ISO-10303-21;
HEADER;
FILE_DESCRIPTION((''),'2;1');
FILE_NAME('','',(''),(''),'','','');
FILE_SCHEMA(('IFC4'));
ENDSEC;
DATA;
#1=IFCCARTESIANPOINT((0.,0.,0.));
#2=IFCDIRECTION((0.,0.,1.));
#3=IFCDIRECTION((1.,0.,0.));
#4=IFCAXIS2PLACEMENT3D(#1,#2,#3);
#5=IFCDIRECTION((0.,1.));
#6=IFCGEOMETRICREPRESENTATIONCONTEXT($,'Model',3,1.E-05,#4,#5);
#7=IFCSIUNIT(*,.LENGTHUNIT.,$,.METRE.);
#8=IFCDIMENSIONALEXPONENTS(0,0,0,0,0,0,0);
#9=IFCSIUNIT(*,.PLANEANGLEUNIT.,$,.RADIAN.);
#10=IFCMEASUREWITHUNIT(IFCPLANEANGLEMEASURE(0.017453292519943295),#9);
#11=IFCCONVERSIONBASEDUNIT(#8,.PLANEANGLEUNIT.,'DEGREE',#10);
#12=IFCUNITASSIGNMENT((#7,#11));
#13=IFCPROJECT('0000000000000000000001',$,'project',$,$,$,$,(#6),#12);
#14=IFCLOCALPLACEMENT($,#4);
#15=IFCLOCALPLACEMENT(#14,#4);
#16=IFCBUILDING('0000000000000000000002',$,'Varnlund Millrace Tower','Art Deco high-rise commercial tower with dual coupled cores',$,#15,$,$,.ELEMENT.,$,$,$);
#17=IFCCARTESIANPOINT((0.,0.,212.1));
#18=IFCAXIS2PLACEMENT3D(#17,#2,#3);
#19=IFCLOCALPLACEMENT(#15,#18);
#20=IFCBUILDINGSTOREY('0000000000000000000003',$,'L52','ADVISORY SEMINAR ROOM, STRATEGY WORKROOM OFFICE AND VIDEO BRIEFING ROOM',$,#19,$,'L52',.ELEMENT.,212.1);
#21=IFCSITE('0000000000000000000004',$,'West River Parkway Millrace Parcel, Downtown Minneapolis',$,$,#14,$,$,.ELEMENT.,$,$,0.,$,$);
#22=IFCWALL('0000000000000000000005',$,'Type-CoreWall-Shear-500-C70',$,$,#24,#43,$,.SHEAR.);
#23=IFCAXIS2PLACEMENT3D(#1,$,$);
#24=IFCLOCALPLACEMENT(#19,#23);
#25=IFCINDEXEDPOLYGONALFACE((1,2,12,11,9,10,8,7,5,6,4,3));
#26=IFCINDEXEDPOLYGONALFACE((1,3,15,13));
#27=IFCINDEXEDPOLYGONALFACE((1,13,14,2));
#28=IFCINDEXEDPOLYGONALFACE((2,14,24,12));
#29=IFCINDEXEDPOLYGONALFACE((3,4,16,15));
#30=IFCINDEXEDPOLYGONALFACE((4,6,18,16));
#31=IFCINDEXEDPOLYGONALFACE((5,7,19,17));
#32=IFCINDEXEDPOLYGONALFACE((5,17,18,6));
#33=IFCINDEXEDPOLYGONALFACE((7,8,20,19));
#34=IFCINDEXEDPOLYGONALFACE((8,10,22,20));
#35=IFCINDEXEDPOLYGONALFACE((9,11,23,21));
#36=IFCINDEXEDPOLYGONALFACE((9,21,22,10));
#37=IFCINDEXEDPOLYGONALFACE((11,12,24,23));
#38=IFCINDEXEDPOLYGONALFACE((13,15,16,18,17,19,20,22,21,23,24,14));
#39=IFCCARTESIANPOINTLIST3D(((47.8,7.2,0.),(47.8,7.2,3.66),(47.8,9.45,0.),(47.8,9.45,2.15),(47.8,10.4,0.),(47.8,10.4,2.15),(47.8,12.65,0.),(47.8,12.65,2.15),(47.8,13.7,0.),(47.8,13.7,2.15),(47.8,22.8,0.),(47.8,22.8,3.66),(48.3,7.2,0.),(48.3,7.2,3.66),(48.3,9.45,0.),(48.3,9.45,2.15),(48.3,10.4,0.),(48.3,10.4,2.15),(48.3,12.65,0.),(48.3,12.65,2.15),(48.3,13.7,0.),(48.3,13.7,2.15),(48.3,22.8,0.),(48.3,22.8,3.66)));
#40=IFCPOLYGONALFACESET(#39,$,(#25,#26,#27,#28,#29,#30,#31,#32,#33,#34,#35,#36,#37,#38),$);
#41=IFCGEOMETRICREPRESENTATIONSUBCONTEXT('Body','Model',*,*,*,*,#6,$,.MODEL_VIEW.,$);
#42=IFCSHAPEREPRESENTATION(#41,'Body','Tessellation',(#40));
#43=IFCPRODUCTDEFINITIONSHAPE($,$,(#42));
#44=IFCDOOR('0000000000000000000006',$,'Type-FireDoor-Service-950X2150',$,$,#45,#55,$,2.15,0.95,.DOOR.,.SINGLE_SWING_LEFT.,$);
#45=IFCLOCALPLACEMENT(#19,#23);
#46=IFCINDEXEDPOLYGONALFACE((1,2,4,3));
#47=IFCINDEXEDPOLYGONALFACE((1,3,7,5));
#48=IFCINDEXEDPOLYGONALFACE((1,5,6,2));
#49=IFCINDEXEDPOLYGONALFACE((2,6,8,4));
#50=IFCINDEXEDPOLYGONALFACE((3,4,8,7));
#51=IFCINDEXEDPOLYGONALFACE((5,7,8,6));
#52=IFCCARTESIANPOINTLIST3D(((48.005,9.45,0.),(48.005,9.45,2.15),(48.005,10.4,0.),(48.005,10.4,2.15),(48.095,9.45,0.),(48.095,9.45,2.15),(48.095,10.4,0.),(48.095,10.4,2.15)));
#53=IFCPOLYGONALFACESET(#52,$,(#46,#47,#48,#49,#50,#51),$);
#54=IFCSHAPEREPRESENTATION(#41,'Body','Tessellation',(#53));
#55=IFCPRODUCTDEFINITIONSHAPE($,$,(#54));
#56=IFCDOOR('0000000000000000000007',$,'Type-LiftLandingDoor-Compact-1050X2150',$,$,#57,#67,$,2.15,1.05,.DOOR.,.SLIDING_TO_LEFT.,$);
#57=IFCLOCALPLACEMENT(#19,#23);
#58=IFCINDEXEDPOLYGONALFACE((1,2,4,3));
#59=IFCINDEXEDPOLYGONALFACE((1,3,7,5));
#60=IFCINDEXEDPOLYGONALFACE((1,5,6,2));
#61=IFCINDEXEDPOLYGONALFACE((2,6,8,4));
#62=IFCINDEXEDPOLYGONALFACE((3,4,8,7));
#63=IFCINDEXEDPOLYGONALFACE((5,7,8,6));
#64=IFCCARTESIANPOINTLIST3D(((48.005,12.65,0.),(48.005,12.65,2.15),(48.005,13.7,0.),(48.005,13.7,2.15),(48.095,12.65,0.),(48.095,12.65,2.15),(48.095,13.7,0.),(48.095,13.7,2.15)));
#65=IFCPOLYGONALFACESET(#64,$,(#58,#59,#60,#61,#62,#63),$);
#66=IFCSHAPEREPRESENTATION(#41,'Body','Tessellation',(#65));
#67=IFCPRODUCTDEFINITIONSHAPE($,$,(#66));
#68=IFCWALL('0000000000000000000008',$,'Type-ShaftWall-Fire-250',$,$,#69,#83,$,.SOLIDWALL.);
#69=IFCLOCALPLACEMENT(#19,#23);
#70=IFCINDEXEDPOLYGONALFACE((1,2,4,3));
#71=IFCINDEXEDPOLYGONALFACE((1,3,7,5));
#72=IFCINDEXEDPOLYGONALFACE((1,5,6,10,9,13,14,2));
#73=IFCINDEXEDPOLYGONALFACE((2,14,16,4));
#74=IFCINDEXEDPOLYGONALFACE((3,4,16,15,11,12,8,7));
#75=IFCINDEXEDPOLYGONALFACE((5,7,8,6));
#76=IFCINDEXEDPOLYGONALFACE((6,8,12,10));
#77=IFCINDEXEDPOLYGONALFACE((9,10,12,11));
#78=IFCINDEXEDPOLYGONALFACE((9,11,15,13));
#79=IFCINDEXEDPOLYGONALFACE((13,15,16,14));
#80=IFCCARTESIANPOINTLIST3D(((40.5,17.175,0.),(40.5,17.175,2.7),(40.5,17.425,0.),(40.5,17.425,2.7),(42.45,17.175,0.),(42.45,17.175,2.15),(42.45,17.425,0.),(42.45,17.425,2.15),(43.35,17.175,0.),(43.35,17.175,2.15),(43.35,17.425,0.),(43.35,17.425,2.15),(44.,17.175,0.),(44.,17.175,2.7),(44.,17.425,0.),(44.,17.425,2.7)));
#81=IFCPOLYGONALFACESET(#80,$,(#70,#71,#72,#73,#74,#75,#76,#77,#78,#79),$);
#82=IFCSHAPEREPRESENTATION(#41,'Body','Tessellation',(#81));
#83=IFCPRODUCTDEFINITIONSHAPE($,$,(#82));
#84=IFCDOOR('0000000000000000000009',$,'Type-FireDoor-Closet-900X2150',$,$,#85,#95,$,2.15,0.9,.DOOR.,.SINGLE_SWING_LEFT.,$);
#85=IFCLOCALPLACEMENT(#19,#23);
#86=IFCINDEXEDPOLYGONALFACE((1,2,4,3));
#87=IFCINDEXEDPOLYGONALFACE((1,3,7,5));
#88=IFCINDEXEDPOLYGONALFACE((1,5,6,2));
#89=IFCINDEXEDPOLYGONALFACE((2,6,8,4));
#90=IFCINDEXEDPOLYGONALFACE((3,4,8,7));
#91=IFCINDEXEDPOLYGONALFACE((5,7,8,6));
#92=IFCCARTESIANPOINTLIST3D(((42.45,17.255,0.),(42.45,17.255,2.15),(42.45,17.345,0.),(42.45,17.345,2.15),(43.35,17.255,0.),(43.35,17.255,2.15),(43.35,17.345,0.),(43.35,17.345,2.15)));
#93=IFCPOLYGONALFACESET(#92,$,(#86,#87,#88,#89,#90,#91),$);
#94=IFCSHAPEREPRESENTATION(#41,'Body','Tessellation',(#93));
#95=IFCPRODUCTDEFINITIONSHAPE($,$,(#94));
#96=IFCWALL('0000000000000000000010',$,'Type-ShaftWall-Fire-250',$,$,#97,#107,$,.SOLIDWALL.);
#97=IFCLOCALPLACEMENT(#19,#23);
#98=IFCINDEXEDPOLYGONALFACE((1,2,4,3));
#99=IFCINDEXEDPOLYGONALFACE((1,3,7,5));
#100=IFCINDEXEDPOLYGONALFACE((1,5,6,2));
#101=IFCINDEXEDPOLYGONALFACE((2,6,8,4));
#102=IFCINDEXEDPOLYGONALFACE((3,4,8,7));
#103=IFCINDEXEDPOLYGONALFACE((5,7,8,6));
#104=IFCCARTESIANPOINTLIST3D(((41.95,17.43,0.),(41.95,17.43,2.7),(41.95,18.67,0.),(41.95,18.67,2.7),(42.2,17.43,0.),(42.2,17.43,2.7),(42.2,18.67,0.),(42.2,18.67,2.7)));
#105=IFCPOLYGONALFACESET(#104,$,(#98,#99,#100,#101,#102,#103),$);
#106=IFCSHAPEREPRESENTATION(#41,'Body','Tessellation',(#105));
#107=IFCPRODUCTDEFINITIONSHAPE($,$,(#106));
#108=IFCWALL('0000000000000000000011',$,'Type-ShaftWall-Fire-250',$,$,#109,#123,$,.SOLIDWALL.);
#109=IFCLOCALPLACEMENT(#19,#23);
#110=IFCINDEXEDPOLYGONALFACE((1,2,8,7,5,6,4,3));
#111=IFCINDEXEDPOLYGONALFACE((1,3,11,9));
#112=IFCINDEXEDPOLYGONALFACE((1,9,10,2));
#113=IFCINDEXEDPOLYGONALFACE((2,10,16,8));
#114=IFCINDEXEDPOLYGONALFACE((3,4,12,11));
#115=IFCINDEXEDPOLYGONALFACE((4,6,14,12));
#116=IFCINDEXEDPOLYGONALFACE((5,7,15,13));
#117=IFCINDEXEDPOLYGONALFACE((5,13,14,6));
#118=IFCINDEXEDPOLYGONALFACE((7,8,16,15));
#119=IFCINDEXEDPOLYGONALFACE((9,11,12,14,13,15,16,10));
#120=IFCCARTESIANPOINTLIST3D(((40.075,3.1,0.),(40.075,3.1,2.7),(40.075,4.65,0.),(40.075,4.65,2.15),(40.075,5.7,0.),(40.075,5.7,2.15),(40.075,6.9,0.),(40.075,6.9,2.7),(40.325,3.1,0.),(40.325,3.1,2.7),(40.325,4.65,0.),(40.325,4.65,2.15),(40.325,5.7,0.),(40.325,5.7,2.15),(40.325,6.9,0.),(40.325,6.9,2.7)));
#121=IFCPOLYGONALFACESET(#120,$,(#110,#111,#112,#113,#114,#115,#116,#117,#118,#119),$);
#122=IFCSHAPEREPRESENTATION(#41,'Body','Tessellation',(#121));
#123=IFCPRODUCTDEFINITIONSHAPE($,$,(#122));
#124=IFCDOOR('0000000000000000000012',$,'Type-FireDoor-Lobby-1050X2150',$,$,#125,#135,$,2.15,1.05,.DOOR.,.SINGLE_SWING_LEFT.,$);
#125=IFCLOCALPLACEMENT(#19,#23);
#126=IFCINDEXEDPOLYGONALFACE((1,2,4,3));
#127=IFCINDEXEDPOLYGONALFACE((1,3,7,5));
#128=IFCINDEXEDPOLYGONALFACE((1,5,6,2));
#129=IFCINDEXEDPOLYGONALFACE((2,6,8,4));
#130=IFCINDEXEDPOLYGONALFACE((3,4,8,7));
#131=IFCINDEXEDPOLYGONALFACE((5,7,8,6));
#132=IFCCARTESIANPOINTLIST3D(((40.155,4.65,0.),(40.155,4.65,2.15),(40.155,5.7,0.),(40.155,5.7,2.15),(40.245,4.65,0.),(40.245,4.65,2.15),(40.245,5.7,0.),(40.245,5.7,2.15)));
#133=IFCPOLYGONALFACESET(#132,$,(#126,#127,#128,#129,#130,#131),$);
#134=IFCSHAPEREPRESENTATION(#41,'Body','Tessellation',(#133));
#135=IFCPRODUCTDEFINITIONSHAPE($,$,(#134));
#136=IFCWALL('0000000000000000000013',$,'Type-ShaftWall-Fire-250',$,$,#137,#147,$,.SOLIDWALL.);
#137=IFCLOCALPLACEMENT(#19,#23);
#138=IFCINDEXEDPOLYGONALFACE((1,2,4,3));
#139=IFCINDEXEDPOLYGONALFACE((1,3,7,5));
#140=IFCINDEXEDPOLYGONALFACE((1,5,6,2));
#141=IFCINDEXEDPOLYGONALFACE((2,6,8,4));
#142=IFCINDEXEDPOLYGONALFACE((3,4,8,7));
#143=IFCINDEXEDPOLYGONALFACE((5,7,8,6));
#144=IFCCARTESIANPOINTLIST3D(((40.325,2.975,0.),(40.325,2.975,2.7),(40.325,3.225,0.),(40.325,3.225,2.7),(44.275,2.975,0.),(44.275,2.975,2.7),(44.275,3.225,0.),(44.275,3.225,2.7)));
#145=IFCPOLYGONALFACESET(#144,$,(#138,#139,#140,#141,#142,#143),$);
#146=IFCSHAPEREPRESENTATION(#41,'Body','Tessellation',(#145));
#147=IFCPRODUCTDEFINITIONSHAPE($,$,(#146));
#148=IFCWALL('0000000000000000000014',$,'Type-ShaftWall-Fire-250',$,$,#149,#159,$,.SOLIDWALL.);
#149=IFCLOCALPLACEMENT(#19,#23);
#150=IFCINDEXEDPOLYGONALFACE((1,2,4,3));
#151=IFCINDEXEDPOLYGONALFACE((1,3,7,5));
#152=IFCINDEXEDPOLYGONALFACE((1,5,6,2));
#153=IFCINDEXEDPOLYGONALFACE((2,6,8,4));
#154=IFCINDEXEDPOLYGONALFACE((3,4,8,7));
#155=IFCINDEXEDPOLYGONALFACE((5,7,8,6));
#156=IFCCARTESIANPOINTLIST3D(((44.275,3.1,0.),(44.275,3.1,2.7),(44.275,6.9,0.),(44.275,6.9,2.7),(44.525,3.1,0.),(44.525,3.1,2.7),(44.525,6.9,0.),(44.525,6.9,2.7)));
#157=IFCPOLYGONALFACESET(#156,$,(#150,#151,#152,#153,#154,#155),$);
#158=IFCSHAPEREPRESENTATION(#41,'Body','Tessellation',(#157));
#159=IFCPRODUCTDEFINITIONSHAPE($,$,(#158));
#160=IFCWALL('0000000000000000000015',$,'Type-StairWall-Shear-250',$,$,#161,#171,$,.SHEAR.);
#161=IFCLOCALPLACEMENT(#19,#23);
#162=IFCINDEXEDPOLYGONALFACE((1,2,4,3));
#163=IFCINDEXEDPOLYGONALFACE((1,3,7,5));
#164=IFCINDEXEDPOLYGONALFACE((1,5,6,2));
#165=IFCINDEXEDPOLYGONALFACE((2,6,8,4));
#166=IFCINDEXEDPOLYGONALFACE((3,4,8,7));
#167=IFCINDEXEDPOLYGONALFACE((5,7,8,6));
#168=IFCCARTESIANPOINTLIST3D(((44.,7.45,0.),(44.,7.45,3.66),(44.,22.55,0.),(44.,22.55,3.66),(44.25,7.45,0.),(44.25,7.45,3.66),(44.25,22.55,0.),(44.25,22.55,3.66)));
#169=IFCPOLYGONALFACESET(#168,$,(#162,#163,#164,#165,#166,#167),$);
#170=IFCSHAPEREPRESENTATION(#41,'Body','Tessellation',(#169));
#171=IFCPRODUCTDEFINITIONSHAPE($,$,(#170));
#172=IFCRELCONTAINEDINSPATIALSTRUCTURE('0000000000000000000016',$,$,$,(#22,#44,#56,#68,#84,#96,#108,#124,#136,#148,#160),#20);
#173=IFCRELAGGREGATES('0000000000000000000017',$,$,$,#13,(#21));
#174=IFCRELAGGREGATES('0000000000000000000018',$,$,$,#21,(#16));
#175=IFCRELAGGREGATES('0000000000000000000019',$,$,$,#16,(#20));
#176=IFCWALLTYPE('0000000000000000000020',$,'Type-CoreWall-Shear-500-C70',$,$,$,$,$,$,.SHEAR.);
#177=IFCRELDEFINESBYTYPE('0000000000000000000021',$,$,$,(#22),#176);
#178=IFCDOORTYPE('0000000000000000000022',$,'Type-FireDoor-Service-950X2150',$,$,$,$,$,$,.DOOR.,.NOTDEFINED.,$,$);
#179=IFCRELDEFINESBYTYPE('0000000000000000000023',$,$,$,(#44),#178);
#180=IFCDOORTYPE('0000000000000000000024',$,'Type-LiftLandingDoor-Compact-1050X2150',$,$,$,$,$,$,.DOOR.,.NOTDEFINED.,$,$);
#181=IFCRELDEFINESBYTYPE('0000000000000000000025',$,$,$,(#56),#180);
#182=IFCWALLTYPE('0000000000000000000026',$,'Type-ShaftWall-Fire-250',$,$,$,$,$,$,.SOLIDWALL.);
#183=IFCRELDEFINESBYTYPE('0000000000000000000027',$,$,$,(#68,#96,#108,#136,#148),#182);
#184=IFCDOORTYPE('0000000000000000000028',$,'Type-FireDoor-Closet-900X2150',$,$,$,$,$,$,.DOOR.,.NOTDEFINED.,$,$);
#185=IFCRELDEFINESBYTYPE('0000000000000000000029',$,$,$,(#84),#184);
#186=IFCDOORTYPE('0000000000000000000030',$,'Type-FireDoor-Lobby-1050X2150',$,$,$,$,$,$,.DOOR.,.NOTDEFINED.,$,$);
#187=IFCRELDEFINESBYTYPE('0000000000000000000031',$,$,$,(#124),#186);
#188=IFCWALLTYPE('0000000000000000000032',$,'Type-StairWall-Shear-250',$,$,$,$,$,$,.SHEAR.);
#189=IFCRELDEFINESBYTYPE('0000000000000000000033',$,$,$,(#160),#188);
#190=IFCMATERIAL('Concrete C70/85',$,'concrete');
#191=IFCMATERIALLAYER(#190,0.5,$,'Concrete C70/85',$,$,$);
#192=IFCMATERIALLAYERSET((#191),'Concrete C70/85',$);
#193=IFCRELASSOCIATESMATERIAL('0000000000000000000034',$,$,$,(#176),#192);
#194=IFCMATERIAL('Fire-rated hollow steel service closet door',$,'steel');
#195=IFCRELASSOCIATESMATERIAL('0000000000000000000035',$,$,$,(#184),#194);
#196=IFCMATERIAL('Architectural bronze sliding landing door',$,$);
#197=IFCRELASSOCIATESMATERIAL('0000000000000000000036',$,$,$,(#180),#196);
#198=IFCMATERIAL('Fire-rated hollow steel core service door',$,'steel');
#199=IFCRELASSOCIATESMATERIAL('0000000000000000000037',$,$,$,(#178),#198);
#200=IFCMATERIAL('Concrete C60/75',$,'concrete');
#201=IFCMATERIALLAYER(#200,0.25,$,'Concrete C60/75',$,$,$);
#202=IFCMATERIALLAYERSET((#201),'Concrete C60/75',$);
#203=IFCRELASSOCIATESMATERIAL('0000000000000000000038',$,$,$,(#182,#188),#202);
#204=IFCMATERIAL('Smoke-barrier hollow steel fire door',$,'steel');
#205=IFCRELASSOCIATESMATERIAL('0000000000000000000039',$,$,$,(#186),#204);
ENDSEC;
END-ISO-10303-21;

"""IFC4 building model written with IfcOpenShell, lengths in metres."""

from ifc_helpers import new_model, entity, si_unit, converted_unit, direction, frame, origin_with_axes, origin_2d_with_axis, place, context, subcontext, project, spatial, polyline, rectangle, outline, extrude, material, layer, layer_set, type_object, element, fill, save


model = new_model("IFC4")

# Units and contexts
model_context = context("Model", 3, precision=1e-05, world=origin_with_axes(), true_north=direction((0.0, 1.0)))
body_context = subcontext(model_context, "Body", "Model", "MODEL_VIEW")
ifc_project = project(units=[si_unit("LENGTHUNIT", "METRE"), converted_unit("PLANEANGLEUNIT", "DEGREE", entity("IfcPlaneAngleMeasure", 0.017453292519943295), si_unit("PLANEANGLEUNIT", "RADIAN"), dimensions=[0, 0, 0, 0, 0, 0, 0])], contexts=[model_context])

# Site, building, storey
site_placement = place(None, origin_with_axes())
site = spatial("IfcSite", under=ifc_project, at=site_placement, Name="West River Parkway Millrace Parcel, Downtown Minneapolis", CompositionType="ELEMENT", RefElevation=0.0)
building_placement = place(site_placement, origin_with_axes())
building = spatial("IfcBuilding", under=site, at=building_placement, Name="Varnlund Millrace Tower", Description="Art Deco high-rise commercial tower with dual coupled cores", CompositionType="ELEMENT")
storey_placement = place(building_placement, frame((0.0, 0.0, 212.1), z_axis=(0.0, 0.0, 1.0), x_axis=(1.0, 0.0, 0.0)))
storey = spatial("IfcBuildingStorey", under=building, at=storey_placement, Name="L52", Description="ADVISORY SEMINAR ROOM, STRATEGY WORKROOM OFFICE AND VIDEO BRIEFING ROOM", LongName="L52", CompositionType="ELEMENT", Elevation=212.1)

# Shared definitions
ifc_material_1 = material(Name="Concrete C70/85", Category="concrete")

# Shared definitions
ifc_layer_1 = layer(ifc_material_1, 0.5, Name="Concrete C70/85")
ifc_layer_set_1 = layer_set([ifc_layer_1], Name="Concrete C70/85")
wall_type_1 = type_object("IfcWallType", Name="Type-CoreWall-Shear-500-C70", PredefinedType="SHEAR", material=ifc_layer_set_1)
ifc_material_2 = material(Name="Fire-rated hollow steel service closet door", Category="steel")
door_type_1 = type_object("IfcDoorType", Name="Type-FireDoor-Closet-900X2150", OperationType="NOTDEFINED", PredefinedType="DOOR", material=ifc_material_2)
ifc_material_3 = material(Name="Architectural bronze sliding landing door")
door_type_2 = type_object("IfcDoorType", Name="Type-LiftLandingDoor-Compact-1050X2150", OperationType="NOTDEFINED", PredefinedType="DOOR", material=ifc_material_3)

# Wall, openings, doors
wall_1_placement = place(storey_placement, frame((48.05, 7.2, 0.0), z_axis=(0.0, 0.0, 1.0), x_axis=(0.0, 1.0, 0.0)))
wall_1 = element("IfcWall", 1, at=wall_1_placement, inside=storey, type_object=wall_type_1, Name="Type-CoreWall-Shear-500-C70", PredefinedType="SHEAR", context=body_context, shape_type="SweptSolid", body=[
    extrude(outline(polyline([(0.0, -0.25), (15.6, -0.25), (15.6, 0.25), (0.0, 0.25), (0.0, -0.25)])), origin_with_axes(), (0.0, 0.0, 1.0), 3.66),
])
opening_1_placement = place(wall_1_placement, frame((5.975, 0.0, 0.0), z_axis=(0.0, 0.0, 1.0), x_axis=(1.0, 0.0, 0.0)))
opening_1 = element("IfcOpeningElement", 2, at=opening_1_placement, cuts=wall_1, PredefinedType="OPENING", context=body_context, shape_type="SweptSolid", body=[
    extrude(rectangle(XDim=1.05, YDim=0.52, at=origin_2d_with_axis()), origin_with_axes(), (0.0, 0.0, 1.0), 2.15),
])
opening_2_placement = place(wall_1_placement, frame((2.725, 0.0, 0.0), z_axis=(0.0, 0.0, 1.0), x_axis=(1.0, 0.0, 0.0)))
opening_2 = element("IfcOpeningElement", 3, at=opening_2_placement, cuts=wall_1, PredefinedType="OPENING", context=body_context, shape_type="SweptSolid", body=[
    extrude(rectangle(XDim=0.95, YDim=0.52, at=origin_2d_with_axis()), origin_with_axes(), (0.0, 0.0, 1.0), 2.15),
])
ifc_material_4 = material(Name="Fire-rated hollow steel core service door", Category="steel")
door_type_3 = type_object("IfcDoorType", Name="Type-FireDoor-Service-950X2150", OperationType="NOTDEFINED", PredefinedType="DOOR", material=ifc_material_4)
door_1_placement = place(wall_1_placement, frame((2.725, 0.0, 0.0), z_axis=(0.0, 0.0, 1.0), x_axis=(1.0, 0.0, 0.0)))
door_1 = element("IfcDoor", 4, at=door_1_placement, inside=storey, type_object=door_type_3, Name="Type-FireDoor-Service-950X2150", OperationType="SINGLE_SWING_LEFT", OverallHeight=2.15, OverallWidth=0.95, PredefinedType="DOOR", context=body_context, shape_type="SweptSolid", body=[
    extrude(rectangle(XDim=0.95, YDim=0.09, at=origin_2d_with_axis()), origin_with_axes(), (0.0, 0.0, 1.0), 2.15),
])
fill(opening_2, door_1)
door_2_placement = place(wall_1_placement, frame((5.975, 0.0, 0.0), z_axis=(0.0, 0.0, 1.0), x_axis=(1.0, 0.0, 0.0)))
door_2 = element("IfcDoor", 5, at=door_2_placement, inside=storey, type_object=door_type_2, Name="Type-LiftLandingDoor-Compact-1050X2150", OperationType="SLIDING_TO_LEFT", OverallHeight=2.15, OverallWidth=1.05, PredefinedType="DOOR", context=body_context, shape_type="SweptSolid", body=[
    extrude(rectangle(XDim=1.05, YDim=0.09, at=origin_2d_with_axis()), origin_with_axes(), (0.0, 0.0, 1.0), 2.15),
])
fill(opening_1, door_2)

# Wall, opening, door
ifc_material_5 = material(Name="Concrete C60/75", Category="concrete")
ifc_layer_2 = layer(ifc_material_5, 0.25, Name="Concrete C60/75")
ifc_layer_set_2 = layer_set([ifc_layer_2], Name="Concrete C60/75")
wall_type_2 = type_object("IfcWallType", Name="Type-ShaftWall-Fire-250", PredefinedType="SOLIDWALL", material=ifc_layer_set_2)
wall_2_placement = place(storey_placement, frame((40.5, 17.3, 0.0), z_axis=(0.0, 0.0, 1.0), x_axis=(1.0, 0.0, 0.0)))
wall_2 = element("IfcWall", 6, at=wall_2_placement, inside=storey, type_object=wall_type_2, Name="Type-ShaftWall-Fire-250", PredefinedType="SOLIDWALL", context=body_context, shape_type="SweptSolid", body=[
    extrude(outline(polyline([(0.0, -0.125), (3.5, -0.125), (3.5, 0.125), (0.0, 0.125), (0.0, -0.125)])), origin_with_axes(), (0.0, 0.0, 1.0), 2.7),
])
opening_3_placement = place(wall_2_placement, frame((2.4, 0.0, 0.0), z_axis=(0.0, 0.0, 1.0), x_axis=(1.0, 0.0, 0.0)))
opening_3 = element("IfcOpeningElement", 7, at=opening_3_placement, cuts=wall_2, PredefinedType="OPENING", context=body_context, shape_type="SweptSolid", body=[
    extrude(rectangle(XDim=0.9, YDim=0.27, at=origin_2d_with_axis()), origin_with_axes(), (0.0, 0.0, 1.0), 2.15),
])
door_3_placement = place(wall_2_placement, frame((2.4, 0.0, 0.0), z_axis=(0.0, 0.0, 1.0), x_axis=(1.0, 0.0, 0.0)))
door_3 = element("IfcDoor", 8, at=door_3_placement, inside=storey, type_object=door_type_1, Name="Type-FireDoor-Closet-900X2150", OperationType="SINGLE_SWING_LEFT", OverallHeight=2.15, OverallWidth=0.9, PredefinedType="DOOR", context=body_context, shape_type="SweptSolid", body=[
    extrude(rectangle(XDim=0.9, YDim=0.09, at=origin_2d_with_axis()), origin_with_axes(), (0.0, 0.0, 1.0), 2.15),
])
fill(opening_3, door_3)

# Wall
wall_3_placement = place(storey_placement, frame((42.075, 17.43, 0.0), z_axis=(0.0, 0.0, 1.0), x_axis=(0.0, 1.0, 0.0)))
element("IfcWall", 9, at=wall_3_placement, inside=storey, type_object=wall_type_2, Name="Type-ShaftWall-Fire-250", PredefinedType="SOLIDWALL", context=body_context, shape_type="SweptSolid", body=[
    extrude(outline(polyline([(0.0, -0.125), (1.24, -0.125), (1.24, 0.125), (0.0, 0.125), (0.0, -0.125)])), origin_with_axes(), (0.0, 0.0, 1.0), 2.7),
])

# Wall, opening, door
wall_4_placement = place(storey_placement, frame((40.2, 3.1, 0.0), z_axis=(0.0, 0.0, 1.0), x_axis=(0.0, 1.0, 0.0)))
wall_4 = element("IfcWall", 10, at=wall_4_placement, inside=storey, type_object=wall_type_2, Name="Type-ShaftWall-Fire-250", PredefinedType="SOLIDWALL", context=body_context, shape_type="SweptSolid", body=[
    extrude(outline(polyline([(0.0, -0.125), (3.8, -0.125), (3.8, 0.125), (0.0, 0.125), (0.0, -0.125)])), origin_with_axes(), (0.0, 0.0, 1.0), 2.7),
])
opening_4_placement = place(wall_4_placement, frame((2.075, 0.0, 0.0), z_axis=(0.0, 0.0, 1.0), x_axis=(1.0, 0.0, 0.0)))
opening_4 = element("IfcOpeningElement", 11, at=opening_4_placement, cuts=wall_4, PredefinedType="OPENING", context=body_context, shape_type="SweptSolid", body=[
    extrude(rectangle(XDim=1.05, YDim=0.27, at=origin_2d_with_axis()), origin_with_axes(), (0.0, 0.0, 1.0), 2.15),
])
ifc_material_6 = material(Name="Smoke-barrier hollow steel fire door", Category="steel")
door_type_4 = type_object("IfcDoorType", Name="Type-FireDoor-Lobby-1050X2150", OperationType="NOTDEFINED", PredefinedType="DOOR", material=ifc_material_6)
door_4_placement = place(wall_4_placement, frame((2.075, 0.0, 0.0), z_axis=(0.0, 0.0, 1.0), x_axis=(1.0, 0.0, 0.0)))
door_4 = element("IfcDoor", 12, at=door_4_placement, inside=storey, type_object=door_type_4, Name="Type-FireDoor-Lobby-1050X2150", OperationType="SINGLE_SWING_LEFT", OverallHeight=2.15, OverallWidth=1.05, PredefinedType="DOOR", context=body_context, shape_type="SweptSolid", body=[
    extrude(rectangle(XDim=1.05, YDim=0.09, at=origin_2d_with_axis()), origin_with_axes(), (0.0, 0.0, 1.0), 2.15),
])
fill(opening_4, door_4)

# Walls
wall_5_placement = place(storey_placement, frame((40.325, 3.1, 0.0), z_axis=(0.0, 0.0, 1.0), x_axis=(1.0, 0.0, 0.0)))
element("IfcWall", 13, at=wall_5_placement, inside=storey, type_object=wall_type_2, Name="Type-ShaftWall-Fire-250", PredefinedType="SOLIDWALL", context=body_context, shape_type="SweptSolid", body=[
    extrude(outline(polyline([(0.0, -0.125), (3.95, -0.125), (3.95, 0.125), (0.0, 0.125), (0.0, -0.125)])), origin_with_axes(), (0.0, 0.0, 1.0), 2.7),
])
wall_6_placement = place(storey_placement, frame((44.4, 3.1, 0.0), z_axis=(0.0, 0.0, 1.0), x_axis=(0.0, 1.0, 0.0)))
element("IfcWall", 14, at=wall_6_placement, inside=storey, type_object=wall_type_2, Name="Type-ShaftWall-Fire-250", PredefinedType="SOLIDWALL", context=body_context, shape_type="SweptSolid", body=[
    extrude(outline(polyline([(0.0, -0.125), (3.8, -0.125), (3.8, 0.125), (0.0, 0.125), (0.0, -0.125)])), origin_with_axes(), (0.0, 0.0, 1.0), 2.7),
])
wall_type_3 = type_object("IfcWallType", Name="Type-StairWall-Shear-250", PredefinedType="SHEAR", material=ifc_layer_set_2)
wall_7_placement = place(storey_placement, frame((44.125, 7.45, 0.0), z_axis=(0.0, 0.0, 1.0), x_axis=(0.0, 1.0, 0.0)))
element("IfcWall", 15, at=wall_7_placement, inside=storey, type_object=wall_type_3, Name="Type-StairWall-Shear-250", PredefinedType="SHEAR", context=body_context, shape_type="SweptSolid", body=[
    extrude(outline(polyline([(0.0, -0.125), (15.1, -0.125), (15.1, 0.125), (0.0, 0.125), (0.0, -0.125)])), origin_with_axes(), (0.0, 0.0, 1.0), 3.66),
])

save(model, "model.ifc")
